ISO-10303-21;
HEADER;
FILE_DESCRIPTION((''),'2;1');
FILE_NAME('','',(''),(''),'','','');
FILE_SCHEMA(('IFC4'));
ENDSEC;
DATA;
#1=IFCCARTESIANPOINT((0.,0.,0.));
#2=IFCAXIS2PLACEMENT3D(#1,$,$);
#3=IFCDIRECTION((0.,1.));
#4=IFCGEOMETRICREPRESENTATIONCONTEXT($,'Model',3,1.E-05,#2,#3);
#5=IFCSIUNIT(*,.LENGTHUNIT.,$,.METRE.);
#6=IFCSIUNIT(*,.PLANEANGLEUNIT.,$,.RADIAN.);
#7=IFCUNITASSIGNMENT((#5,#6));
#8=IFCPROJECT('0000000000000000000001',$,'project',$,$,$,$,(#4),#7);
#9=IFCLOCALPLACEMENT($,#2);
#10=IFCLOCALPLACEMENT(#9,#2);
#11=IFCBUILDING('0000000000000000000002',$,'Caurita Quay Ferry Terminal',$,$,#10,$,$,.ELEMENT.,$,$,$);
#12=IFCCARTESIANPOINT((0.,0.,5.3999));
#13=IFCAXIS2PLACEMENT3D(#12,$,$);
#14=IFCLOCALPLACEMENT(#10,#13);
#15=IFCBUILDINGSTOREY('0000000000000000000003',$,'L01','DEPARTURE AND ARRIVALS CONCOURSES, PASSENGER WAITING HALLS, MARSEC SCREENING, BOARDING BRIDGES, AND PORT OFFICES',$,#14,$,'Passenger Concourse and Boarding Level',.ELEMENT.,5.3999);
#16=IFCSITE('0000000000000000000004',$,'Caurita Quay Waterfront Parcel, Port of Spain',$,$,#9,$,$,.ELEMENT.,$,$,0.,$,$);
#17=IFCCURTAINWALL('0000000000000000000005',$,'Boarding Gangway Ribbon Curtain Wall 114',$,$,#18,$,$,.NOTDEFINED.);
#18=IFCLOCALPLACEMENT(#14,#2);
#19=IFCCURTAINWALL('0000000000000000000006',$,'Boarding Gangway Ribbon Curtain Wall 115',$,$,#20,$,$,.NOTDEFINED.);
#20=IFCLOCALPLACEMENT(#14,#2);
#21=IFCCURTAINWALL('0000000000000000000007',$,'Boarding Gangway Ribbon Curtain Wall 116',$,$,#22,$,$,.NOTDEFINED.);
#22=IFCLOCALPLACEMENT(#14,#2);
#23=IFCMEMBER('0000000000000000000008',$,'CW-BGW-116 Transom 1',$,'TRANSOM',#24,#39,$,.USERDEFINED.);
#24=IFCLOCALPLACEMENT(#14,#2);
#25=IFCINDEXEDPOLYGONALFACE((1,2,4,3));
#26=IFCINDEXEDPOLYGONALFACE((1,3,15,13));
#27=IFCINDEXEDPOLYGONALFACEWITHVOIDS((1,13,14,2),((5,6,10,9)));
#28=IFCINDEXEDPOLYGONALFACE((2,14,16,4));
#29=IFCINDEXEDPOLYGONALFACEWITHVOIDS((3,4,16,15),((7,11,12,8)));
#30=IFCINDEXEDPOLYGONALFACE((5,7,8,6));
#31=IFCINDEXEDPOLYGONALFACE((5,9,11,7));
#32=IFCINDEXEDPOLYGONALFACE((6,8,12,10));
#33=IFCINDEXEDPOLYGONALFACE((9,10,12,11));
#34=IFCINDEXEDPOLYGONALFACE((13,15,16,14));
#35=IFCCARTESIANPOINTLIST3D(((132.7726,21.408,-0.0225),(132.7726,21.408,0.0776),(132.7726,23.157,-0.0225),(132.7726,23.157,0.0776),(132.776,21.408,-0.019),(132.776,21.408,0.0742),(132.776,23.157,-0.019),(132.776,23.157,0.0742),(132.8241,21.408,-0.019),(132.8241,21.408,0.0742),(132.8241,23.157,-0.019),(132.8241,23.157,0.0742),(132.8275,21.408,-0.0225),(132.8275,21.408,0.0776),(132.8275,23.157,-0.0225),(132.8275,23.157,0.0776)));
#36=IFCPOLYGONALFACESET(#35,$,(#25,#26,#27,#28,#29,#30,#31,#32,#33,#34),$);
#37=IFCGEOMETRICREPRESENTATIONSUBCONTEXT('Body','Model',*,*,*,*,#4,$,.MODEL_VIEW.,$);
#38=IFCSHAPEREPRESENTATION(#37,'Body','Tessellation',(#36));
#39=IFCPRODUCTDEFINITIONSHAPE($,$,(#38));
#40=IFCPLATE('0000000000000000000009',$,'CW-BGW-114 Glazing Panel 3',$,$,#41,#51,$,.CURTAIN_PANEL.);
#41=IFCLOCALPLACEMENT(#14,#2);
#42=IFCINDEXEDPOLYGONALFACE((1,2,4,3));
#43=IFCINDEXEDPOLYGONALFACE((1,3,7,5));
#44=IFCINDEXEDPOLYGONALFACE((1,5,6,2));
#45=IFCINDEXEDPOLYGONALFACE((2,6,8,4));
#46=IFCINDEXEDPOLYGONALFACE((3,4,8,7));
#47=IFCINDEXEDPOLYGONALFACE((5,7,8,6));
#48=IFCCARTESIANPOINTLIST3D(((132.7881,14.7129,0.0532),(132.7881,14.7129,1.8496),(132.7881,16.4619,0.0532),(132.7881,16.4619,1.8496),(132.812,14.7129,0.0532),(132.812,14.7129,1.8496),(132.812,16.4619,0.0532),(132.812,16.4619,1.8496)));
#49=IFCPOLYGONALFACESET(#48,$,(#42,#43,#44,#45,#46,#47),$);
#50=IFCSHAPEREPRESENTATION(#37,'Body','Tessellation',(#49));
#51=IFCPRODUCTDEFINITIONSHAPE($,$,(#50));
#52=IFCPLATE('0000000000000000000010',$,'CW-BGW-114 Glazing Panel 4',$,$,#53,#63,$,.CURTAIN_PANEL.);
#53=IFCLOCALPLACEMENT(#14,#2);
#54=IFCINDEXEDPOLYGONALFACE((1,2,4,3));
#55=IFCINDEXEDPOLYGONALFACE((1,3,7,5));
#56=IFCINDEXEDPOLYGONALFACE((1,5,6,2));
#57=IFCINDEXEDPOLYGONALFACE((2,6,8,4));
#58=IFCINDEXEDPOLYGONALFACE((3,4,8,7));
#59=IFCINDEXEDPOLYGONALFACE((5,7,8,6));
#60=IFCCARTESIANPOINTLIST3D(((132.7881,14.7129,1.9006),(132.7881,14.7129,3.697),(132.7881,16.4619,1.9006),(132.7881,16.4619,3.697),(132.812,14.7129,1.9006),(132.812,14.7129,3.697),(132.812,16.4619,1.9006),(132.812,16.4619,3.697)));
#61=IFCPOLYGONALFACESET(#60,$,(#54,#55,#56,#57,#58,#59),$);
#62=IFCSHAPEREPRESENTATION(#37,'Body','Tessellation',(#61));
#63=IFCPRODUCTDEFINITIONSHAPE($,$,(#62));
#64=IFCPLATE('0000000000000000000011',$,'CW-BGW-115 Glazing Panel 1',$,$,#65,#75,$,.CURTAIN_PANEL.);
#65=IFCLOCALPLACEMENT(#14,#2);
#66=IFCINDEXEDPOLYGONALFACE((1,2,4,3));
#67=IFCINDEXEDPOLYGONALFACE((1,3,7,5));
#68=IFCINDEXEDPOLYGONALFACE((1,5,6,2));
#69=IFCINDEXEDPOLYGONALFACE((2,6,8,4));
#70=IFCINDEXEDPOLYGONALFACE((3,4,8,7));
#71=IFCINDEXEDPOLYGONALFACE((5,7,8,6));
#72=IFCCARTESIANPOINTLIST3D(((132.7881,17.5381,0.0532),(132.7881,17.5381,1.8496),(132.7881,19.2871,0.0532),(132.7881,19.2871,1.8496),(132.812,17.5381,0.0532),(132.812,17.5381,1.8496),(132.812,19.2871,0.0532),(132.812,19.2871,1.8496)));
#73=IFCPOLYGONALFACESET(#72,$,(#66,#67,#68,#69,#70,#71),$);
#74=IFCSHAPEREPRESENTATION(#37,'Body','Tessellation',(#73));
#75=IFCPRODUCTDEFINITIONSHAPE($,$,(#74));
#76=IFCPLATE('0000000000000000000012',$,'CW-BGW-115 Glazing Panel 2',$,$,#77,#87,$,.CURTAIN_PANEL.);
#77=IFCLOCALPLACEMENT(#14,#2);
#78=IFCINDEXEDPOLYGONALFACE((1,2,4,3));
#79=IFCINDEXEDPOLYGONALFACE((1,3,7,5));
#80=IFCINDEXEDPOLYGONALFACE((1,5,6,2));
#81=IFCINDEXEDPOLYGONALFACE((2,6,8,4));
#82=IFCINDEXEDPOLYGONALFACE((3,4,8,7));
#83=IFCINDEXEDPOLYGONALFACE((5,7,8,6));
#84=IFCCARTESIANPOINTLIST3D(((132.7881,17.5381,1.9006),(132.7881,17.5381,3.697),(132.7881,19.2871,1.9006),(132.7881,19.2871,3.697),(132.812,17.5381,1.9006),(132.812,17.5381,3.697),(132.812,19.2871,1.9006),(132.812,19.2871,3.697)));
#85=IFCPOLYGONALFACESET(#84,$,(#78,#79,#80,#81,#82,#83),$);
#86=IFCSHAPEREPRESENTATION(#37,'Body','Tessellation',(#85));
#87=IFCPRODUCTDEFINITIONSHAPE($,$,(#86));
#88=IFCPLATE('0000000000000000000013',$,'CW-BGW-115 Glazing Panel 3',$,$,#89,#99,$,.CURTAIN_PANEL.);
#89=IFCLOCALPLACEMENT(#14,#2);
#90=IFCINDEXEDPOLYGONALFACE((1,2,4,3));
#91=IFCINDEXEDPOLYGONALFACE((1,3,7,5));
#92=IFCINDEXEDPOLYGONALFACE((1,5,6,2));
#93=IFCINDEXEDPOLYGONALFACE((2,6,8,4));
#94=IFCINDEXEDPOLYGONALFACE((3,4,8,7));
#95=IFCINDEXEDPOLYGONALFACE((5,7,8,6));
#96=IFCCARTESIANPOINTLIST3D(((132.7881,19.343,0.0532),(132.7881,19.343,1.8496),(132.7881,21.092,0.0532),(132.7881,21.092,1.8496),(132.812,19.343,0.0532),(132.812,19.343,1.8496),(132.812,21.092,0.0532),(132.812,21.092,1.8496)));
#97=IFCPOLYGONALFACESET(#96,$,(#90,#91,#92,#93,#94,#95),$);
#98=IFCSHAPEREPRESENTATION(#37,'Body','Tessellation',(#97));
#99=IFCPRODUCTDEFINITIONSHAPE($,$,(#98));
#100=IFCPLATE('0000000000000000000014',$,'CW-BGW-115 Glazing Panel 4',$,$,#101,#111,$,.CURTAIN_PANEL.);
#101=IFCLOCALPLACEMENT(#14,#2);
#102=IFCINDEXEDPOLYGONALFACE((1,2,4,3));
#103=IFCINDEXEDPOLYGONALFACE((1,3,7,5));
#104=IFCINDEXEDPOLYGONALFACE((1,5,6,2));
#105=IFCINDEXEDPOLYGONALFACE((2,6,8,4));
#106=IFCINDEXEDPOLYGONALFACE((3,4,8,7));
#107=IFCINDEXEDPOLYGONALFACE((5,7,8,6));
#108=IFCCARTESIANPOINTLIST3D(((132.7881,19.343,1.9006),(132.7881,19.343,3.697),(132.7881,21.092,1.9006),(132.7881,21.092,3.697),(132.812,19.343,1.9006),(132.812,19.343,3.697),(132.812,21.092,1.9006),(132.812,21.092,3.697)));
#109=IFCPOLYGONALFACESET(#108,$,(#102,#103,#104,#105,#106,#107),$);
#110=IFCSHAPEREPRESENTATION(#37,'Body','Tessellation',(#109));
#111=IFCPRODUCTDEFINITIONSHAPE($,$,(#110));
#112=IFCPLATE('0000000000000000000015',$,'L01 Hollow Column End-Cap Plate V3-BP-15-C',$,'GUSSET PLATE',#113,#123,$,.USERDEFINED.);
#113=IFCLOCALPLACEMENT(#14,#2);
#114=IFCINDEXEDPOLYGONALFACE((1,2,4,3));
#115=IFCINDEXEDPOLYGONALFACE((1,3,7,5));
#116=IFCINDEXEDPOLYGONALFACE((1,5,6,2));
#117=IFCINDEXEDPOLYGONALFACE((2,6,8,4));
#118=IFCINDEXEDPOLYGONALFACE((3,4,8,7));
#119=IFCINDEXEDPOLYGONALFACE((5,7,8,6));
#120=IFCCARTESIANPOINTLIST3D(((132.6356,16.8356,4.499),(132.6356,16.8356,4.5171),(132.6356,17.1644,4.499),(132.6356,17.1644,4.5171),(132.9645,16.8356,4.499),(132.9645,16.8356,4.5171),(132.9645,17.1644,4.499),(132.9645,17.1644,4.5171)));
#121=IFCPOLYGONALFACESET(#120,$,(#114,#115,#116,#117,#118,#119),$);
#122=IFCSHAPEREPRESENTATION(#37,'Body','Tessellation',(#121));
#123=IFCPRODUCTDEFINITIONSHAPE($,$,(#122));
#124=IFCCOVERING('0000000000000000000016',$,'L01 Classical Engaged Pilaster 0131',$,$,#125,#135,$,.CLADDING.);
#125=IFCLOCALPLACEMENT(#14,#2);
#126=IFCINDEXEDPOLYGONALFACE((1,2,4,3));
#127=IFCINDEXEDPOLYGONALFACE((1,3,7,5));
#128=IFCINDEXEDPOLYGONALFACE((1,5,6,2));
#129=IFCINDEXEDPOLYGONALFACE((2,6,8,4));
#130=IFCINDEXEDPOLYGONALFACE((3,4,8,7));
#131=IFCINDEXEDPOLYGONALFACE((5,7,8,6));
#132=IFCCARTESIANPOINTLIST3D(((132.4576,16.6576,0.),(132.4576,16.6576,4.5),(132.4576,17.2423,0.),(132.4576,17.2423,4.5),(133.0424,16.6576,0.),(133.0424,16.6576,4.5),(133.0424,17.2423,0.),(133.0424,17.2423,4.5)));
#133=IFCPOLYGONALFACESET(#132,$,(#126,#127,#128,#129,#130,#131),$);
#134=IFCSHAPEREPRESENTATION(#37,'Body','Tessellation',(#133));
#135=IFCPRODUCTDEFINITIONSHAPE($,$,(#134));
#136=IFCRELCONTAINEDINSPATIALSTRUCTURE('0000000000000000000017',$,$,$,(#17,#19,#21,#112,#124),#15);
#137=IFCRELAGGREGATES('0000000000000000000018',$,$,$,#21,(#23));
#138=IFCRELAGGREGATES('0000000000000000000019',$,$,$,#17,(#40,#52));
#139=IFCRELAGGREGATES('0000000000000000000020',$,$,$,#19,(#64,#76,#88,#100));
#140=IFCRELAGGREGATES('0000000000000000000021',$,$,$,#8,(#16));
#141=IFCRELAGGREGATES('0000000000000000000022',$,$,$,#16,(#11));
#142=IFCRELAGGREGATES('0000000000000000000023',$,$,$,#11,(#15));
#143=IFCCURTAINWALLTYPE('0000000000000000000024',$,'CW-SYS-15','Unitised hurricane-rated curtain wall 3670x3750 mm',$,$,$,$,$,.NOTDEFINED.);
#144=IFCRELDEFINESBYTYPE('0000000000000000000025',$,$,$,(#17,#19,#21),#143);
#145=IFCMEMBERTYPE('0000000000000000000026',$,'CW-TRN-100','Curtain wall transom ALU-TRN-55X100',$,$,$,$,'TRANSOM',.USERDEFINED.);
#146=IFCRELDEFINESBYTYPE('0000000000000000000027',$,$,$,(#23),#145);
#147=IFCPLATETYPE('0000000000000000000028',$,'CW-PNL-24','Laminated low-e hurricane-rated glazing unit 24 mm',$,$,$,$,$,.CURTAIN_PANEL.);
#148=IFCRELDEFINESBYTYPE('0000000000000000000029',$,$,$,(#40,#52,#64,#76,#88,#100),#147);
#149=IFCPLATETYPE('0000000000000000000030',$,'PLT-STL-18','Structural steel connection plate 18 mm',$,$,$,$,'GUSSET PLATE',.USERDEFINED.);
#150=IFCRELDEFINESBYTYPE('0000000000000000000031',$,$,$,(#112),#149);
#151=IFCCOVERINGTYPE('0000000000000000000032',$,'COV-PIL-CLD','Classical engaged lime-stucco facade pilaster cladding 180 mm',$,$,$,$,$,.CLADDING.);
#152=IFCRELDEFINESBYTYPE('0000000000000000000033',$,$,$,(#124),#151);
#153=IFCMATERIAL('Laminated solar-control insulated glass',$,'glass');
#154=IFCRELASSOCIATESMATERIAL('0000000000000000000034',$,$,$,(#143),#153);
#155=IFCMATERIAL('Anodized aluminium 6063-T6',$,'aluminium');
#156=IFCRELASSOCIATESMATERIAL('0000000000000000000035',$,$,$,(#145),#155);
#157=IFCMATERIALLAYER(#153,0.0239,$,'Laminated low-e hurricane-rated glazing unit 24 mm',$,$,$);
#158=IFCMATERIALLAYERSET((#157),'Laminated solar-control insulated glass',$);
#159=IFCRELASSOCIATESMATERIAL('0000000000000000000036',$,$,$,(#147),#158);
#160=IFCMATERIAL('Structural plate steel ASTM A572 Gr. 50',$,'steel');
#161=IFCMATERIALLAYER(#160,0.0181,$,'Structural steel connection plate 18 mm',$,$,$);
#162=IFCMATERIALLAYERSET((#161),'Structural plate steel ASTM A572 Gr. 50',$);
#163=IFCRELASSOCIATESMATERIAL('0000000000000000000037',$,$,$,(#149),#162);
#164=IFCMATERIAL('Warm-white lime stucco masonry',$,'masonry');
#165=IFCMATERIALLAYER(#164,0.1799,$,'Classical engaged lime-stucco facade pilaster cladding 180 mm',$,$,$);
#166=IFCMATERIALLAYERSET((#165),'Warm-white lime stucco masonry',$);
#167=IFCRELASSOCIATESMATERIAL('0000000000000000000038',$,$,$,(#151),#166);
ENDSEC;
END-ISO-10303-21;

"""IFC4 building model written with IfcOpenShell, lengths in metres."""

from ifc_helpers import new_model, si_unit, direction, frame, origin, origin_2d, place, context, subcontext, project, spatial, rectangle, hollow_rectangle, extrude, material, layer, layer_set, material_profile, profile_set, type_object, element, aggregate, save


model = new_model("IFC4")

# Units and contexts
model_context = context("Model", 3, precision=1e-05, world=origin(), true_north=direction((0.0, 1.0)))
body_context = subcontext(model_context, "Body", "Model", "MODEL_VIEW")
ifc_project = project(units=[si_unit("LENGTHUNIT", "METRE"), si_unit("PLANEANGLEUNIT", "RADIAN")], contexts=[model_context])

# Site, building, storey
site_placement = place(None, origin())
site = spatial("IfcSite", under=ifc_project, at=site_placement, Name="Caurita Quay Waterfront Parcel, Port of Spain", CompositionType="ELEMENT", RefElevation=0.0)
building_placement = place(site_placement, origin())
building = spatial("IfcBuilding", under=site, at=building_placement, Name="Caurita Quay Ferry Terminal", CompositionType="ELEMENT")
storey_placement = place(building_placement, frame((0.0, 0.0, 5.3999)))
storey = spatial("IfcBuildingStorey", under=building, at=storey_placement, Name="L01", Description="DEPARTURE AND ARRIVALS CONCOURSES, PASSENGER WAITING HALLS, MARSEC SCREENING, BOARDING BRIDGES, AND PORT OFFICES", LongName="Passenger Concourse and Boarding Level", CompositionType="ELEMENT", Elevation=5.3999)

# Curtain walls
ifc_material_1 = material(Name="Laminated solar-control insulated glass", Category="glass")
curtain_wall_type = type_object("IfcCurtainWallType", Name="CW-SYS-15", Description="Unitised hurricane-rated curtain wall 3670x3750 mm", PredefinedType="NOTDEFINED", material=ifc_material_1)
curtain_wall_1_placement = place(storey_placement, origin())
curtain_wall_1 = element("IfcCurtainWall", 1, at=curtain_wall_1_placement, inside=storey, type_object=curtain_wall_type, Name="Boarding Gangway Ribbon Curtain Wall 114", PredefinedType="NOTDEFINED")
ifc_material_2 = material(Name="Anodized aluminium 6063-T6", Category="aluminium")
curtain_wall_2_placement = place(storey_placement, origin())
curtain_wall_2 = element("IfcCurtainWall", 2, at=curtain_wall_2_placement, inside=storey, type_object=curtain_wall_type, Name="Boarding Gangway Ribbon Curtain Wall 115", PredefinedType="NOTDEFINED")

# Curtain wall
curtain_wall_3_placement = place(storey_placement, origin())
curtain_wall_3 = element("IfcCurtainWall", 3, at=curtain_wall_3_placement, inside=storey, type_object=curtain_wall_type, Name="Boarding Gangway Ribbon Curtain Wall 116", PredefinedType="NOTDEFINED")

# Member
ifc_material_profile_1 = material_profile(ifc_material_2, hollow_rectangle(XDim=0.0549, YDim=0.1001, WallThickness=0.0034, at=origin_2d()), Name="ALU-TRN-55X100")
ifc_profile_set_1 = profile_set([ifc_material_profile_1], Name="Anodized aluminium 6063-T6")
member_type_1 = type_object("IfcMemberType", Name="CW-TRN-100", Description="Curtain wall transom ALU-TRN-55X100", ElementType="TRANSOM", PredefinedType="USERDEFINED", material=ifc_profile_set_1)
member_1_placement = place(storey_placement, frame((132.8, 21.408, 0.0276), z_axis=(0.0, 1.0, 0.0), x_axis=(-1.0, 0.0, 0.0)))
member_1 = element("IfcMember", 4, at=member_1_placement, type_object=member_type_1, Name="CW-BGW-116 Transom 1", ObjectType="TRANSOM", PredefinedType="USERDEFINED", context=body_context, shape_type="SweptSolid", body=[
    extrude(hollow_rectangle(XDim=0.0549, YDim=0.1001, WallThickness=0.0034, at=origin_2d()), origin(), (0.0, 0.0, 1.0), 1.749),
])
aggregate(curtain_wall_3, [member_1])

# Plates
ifc_layer_1 = layer(ifc_material_1, 0.0239, Name="Laminated low-e hurricane-rated glazing unit 24 mm")
ifc_layer_set_1 = layer_set([ifc_layer_1], Name="Laminated solar-control insulated glass")
plate_type_1 = type_object("IfcPlateType", Name="CW-PNL-24", Description="Laminated low-e hurricane-rated glazing unit 24 mm", PredefinedType="CURTAIN_PANEL", material=ifc_layer_set_1)
plate_1_placement = place(storey_placement, frame((132.8, 15.5874, 0.0532), z_axis=(0.0, 0.0, 1.0), x_axis=(0.0, 1.0, 0.0)))
plate_1 = element("IfcPlate", 5, at=plate_1_placement, type_object=plate_type_1, Name="CW-BGW-114 Glazing Panel 3", PredefinedType="CURTAIN_PANEL", context=body_context, shape_type="SweptSolid", body=[
    extrude(rectangle(XDim=1.749, YDim=0.0239, at=origin_2d()), origin(), (0.0, 0.0, 1.0), 1.7964),
])
plate_2_placement = place(storey_placement, frame((132.8, 15.5874, 1.9006), z_axis=(0.0, 0.0, 1.0), x_axis=(0.0, 1.0, 0.0)))
plate_2 = element("IfcPlate", 6, at=plate_2_placement, type_object=plate_type_1, Name="CW-BGW-114 Glazing Panel 4", PredefinedType="CURTAIN_PANEL", context=body_context, shape_type="SweptSolid", body=[
    extrude(rectangle(XDim=1.749, YDim=0.0239, at=origin_2d()), origin(), (0.0, 0.0, 1.0), 1.7964),
])
aggregate(curtain_wall_1, [plate_1, plate_2])
plate_3_placement = place(storey_placement, frame((132.8, 18.4126, 0.0532), z_axis=(0.0, 0.0, 1.0), x_axis=(0.0, 1.0, 0.0)))
plate_3 = element("IfcPlate", 7, at=plate_3_placement, type_object=plate_type_1, Name="CW-BGW-115 Glazing Panel 1", PredefinedType="CURTAIN_PANEL", context=body_context, shape_type="SweptSolid", body=[
    extrude(rectangle(XDim=1.749, YDim=0.0239, at=origin_2d()), origin(), (0.0, 0.0, 1.0), 1.7964),
])
plate_4_placement = place(storey_placement, frame((132.8, 18.4126, 1.9006), z_axis=(0.0, 0.0, 1.0), x_axis=(0.0, 1.0, 0.0)))
plate_4 = element("IfcPlate", 8, at=plate_4_placement, type_object=plate_type_1, Name="CW-BGW-115 Glazing Panel 2", PredefinedType="CURTAIN_PANEL", context=body_context, shape_type="SweptSolid", body=[
    extrude(rectangle(XDim=1.749, YDim=0.0239, at=origin_2d()), origin(), (0.0, 0.0, 1.0), 1.7964),
])
plate_5_placement = place(storey_placement, frame((132.8, 20.2175, 0.0532), z_axis=(0.0, 0.0, 1.0), x_axis=(0.0, 1.0, 0.0)))
plate_5 = element("IfcPlate", 9, at=plate_5_placement, type_object=plate_type_1, Name="CW-BGW-115 Glazing Panel 3", PredefinedType="CURTAIN_PANEL", context=body_context, shape_type="SweptSolid", body=[
    extrude(rectangle(XDim=1.749, YDim=0.0239, at=origin_2d()), origin(), (0.0, 0.0, 1.0), 1.7964),
])
plate_6_placement = place(storey_placement, frame((132.8, 20.2175, 1.9006), z_axis=(0.0, 0.0, 1.0), x_axis=(0.0, 1.0, 0.0)))
plate_6 = element("IfcPlate", 10, at=plate_6_placement, type_object=plate_type_1, Name="CW-BGW-115 Glazing Panel 4", PredefinedType="CURTAIN_PANEL", context=body_context, shape_type="SweptSolid", body=[
    extrude(rectangle(XDim=1.749, YDim=0.0239, at=origin_2d()), origin(), (0.0, 0.0, 1.0), 1.7964),
])
aggregate(curtain_wall_2, [plate_3, plate_4, plate_5, plate_6])
ifc_material_3 = material(Name="Structural plate steel ASTM A572 Gr. 50", Category="steel")
ifc_layer_2 = layer(ifc_material_3, 0.0181, Name="Structural steel connection plate 18 mm")
ifc_layer_set_2 = layer_set([ifc_layer_2], Name="Structural plate steel ASTM A572 Gr. 50")
plate_type_2 = type_object("IfcPlateType", Name="PLT-STL-18", Description="Structural steel connection plate 18 mm", ElementType="GUSSET PLATE", PredefinedType="USERDEFINED", material=ifc_layer_set_2)
plate_7_placement = place(storey_placement, frame((132.8, 17.0, 4.499), z_axis=(0.0, 0.0, 1.0), x_axis=(1.0, 0.0, 0.0)))
element("IfcPlate", 11, at=plate_7_placement, inside=storey, type_object=plate_type_2, Name="L01 Hollow Column End-Cap Plate V3-BP-15-C", ObjectType="GUSSET PLATE", PredefinedType="USERDEFINED", context=body_context, shape_type="SweptSolid", body=[
    extrude(rectangle(XDim=0.3289, YDim=0.3289, at=origin_2d()), origin(), (0.0, 0.0, 1.0), 0.0181),
])

# Covering
ifc_material_4 = material(Name="Warm-white lime stucco masonry", Category="masonry")
ifc_layer_3 = layer(ifc_material_4, 0.1799, Name="Classical engaged lime-stucco facade pilaster cladding 180 mm")
ifc_layer_set_3 = layer_set([ifc_layer_3], Name="Warm-white lime stucco masonry")
covering_type = type_object("IfcCoveringType", Name="COV-PIL-CLD", Description="Classical engaged lime-stucco facade pilaster cladding 180 mm", PredefinedType="CLADDING", material=ifc_layer_set_3)
covering_placement = place(storey_placement, frame((132.75, 16.95, 0.0), z_axis=(0.0, 0.0, 1.0), x_axis=(1.0, 0.0, 0.0)))
element("IfcCovering", 12, at=covering_placement, inside=storey, type_object=covering_type, Name="L01 Classical Engaged Pilaster 0131", PredefinedType="CLADDING", context=body_context, shape_type="SweptSolid", body=[
    extrude(rectangle(XDim=0.5847, YDim=0.5847, at=origin_2d()), origin(), (0.0, 0.0, 1.0), 4.5),
])

save(model, "model.ifc")
